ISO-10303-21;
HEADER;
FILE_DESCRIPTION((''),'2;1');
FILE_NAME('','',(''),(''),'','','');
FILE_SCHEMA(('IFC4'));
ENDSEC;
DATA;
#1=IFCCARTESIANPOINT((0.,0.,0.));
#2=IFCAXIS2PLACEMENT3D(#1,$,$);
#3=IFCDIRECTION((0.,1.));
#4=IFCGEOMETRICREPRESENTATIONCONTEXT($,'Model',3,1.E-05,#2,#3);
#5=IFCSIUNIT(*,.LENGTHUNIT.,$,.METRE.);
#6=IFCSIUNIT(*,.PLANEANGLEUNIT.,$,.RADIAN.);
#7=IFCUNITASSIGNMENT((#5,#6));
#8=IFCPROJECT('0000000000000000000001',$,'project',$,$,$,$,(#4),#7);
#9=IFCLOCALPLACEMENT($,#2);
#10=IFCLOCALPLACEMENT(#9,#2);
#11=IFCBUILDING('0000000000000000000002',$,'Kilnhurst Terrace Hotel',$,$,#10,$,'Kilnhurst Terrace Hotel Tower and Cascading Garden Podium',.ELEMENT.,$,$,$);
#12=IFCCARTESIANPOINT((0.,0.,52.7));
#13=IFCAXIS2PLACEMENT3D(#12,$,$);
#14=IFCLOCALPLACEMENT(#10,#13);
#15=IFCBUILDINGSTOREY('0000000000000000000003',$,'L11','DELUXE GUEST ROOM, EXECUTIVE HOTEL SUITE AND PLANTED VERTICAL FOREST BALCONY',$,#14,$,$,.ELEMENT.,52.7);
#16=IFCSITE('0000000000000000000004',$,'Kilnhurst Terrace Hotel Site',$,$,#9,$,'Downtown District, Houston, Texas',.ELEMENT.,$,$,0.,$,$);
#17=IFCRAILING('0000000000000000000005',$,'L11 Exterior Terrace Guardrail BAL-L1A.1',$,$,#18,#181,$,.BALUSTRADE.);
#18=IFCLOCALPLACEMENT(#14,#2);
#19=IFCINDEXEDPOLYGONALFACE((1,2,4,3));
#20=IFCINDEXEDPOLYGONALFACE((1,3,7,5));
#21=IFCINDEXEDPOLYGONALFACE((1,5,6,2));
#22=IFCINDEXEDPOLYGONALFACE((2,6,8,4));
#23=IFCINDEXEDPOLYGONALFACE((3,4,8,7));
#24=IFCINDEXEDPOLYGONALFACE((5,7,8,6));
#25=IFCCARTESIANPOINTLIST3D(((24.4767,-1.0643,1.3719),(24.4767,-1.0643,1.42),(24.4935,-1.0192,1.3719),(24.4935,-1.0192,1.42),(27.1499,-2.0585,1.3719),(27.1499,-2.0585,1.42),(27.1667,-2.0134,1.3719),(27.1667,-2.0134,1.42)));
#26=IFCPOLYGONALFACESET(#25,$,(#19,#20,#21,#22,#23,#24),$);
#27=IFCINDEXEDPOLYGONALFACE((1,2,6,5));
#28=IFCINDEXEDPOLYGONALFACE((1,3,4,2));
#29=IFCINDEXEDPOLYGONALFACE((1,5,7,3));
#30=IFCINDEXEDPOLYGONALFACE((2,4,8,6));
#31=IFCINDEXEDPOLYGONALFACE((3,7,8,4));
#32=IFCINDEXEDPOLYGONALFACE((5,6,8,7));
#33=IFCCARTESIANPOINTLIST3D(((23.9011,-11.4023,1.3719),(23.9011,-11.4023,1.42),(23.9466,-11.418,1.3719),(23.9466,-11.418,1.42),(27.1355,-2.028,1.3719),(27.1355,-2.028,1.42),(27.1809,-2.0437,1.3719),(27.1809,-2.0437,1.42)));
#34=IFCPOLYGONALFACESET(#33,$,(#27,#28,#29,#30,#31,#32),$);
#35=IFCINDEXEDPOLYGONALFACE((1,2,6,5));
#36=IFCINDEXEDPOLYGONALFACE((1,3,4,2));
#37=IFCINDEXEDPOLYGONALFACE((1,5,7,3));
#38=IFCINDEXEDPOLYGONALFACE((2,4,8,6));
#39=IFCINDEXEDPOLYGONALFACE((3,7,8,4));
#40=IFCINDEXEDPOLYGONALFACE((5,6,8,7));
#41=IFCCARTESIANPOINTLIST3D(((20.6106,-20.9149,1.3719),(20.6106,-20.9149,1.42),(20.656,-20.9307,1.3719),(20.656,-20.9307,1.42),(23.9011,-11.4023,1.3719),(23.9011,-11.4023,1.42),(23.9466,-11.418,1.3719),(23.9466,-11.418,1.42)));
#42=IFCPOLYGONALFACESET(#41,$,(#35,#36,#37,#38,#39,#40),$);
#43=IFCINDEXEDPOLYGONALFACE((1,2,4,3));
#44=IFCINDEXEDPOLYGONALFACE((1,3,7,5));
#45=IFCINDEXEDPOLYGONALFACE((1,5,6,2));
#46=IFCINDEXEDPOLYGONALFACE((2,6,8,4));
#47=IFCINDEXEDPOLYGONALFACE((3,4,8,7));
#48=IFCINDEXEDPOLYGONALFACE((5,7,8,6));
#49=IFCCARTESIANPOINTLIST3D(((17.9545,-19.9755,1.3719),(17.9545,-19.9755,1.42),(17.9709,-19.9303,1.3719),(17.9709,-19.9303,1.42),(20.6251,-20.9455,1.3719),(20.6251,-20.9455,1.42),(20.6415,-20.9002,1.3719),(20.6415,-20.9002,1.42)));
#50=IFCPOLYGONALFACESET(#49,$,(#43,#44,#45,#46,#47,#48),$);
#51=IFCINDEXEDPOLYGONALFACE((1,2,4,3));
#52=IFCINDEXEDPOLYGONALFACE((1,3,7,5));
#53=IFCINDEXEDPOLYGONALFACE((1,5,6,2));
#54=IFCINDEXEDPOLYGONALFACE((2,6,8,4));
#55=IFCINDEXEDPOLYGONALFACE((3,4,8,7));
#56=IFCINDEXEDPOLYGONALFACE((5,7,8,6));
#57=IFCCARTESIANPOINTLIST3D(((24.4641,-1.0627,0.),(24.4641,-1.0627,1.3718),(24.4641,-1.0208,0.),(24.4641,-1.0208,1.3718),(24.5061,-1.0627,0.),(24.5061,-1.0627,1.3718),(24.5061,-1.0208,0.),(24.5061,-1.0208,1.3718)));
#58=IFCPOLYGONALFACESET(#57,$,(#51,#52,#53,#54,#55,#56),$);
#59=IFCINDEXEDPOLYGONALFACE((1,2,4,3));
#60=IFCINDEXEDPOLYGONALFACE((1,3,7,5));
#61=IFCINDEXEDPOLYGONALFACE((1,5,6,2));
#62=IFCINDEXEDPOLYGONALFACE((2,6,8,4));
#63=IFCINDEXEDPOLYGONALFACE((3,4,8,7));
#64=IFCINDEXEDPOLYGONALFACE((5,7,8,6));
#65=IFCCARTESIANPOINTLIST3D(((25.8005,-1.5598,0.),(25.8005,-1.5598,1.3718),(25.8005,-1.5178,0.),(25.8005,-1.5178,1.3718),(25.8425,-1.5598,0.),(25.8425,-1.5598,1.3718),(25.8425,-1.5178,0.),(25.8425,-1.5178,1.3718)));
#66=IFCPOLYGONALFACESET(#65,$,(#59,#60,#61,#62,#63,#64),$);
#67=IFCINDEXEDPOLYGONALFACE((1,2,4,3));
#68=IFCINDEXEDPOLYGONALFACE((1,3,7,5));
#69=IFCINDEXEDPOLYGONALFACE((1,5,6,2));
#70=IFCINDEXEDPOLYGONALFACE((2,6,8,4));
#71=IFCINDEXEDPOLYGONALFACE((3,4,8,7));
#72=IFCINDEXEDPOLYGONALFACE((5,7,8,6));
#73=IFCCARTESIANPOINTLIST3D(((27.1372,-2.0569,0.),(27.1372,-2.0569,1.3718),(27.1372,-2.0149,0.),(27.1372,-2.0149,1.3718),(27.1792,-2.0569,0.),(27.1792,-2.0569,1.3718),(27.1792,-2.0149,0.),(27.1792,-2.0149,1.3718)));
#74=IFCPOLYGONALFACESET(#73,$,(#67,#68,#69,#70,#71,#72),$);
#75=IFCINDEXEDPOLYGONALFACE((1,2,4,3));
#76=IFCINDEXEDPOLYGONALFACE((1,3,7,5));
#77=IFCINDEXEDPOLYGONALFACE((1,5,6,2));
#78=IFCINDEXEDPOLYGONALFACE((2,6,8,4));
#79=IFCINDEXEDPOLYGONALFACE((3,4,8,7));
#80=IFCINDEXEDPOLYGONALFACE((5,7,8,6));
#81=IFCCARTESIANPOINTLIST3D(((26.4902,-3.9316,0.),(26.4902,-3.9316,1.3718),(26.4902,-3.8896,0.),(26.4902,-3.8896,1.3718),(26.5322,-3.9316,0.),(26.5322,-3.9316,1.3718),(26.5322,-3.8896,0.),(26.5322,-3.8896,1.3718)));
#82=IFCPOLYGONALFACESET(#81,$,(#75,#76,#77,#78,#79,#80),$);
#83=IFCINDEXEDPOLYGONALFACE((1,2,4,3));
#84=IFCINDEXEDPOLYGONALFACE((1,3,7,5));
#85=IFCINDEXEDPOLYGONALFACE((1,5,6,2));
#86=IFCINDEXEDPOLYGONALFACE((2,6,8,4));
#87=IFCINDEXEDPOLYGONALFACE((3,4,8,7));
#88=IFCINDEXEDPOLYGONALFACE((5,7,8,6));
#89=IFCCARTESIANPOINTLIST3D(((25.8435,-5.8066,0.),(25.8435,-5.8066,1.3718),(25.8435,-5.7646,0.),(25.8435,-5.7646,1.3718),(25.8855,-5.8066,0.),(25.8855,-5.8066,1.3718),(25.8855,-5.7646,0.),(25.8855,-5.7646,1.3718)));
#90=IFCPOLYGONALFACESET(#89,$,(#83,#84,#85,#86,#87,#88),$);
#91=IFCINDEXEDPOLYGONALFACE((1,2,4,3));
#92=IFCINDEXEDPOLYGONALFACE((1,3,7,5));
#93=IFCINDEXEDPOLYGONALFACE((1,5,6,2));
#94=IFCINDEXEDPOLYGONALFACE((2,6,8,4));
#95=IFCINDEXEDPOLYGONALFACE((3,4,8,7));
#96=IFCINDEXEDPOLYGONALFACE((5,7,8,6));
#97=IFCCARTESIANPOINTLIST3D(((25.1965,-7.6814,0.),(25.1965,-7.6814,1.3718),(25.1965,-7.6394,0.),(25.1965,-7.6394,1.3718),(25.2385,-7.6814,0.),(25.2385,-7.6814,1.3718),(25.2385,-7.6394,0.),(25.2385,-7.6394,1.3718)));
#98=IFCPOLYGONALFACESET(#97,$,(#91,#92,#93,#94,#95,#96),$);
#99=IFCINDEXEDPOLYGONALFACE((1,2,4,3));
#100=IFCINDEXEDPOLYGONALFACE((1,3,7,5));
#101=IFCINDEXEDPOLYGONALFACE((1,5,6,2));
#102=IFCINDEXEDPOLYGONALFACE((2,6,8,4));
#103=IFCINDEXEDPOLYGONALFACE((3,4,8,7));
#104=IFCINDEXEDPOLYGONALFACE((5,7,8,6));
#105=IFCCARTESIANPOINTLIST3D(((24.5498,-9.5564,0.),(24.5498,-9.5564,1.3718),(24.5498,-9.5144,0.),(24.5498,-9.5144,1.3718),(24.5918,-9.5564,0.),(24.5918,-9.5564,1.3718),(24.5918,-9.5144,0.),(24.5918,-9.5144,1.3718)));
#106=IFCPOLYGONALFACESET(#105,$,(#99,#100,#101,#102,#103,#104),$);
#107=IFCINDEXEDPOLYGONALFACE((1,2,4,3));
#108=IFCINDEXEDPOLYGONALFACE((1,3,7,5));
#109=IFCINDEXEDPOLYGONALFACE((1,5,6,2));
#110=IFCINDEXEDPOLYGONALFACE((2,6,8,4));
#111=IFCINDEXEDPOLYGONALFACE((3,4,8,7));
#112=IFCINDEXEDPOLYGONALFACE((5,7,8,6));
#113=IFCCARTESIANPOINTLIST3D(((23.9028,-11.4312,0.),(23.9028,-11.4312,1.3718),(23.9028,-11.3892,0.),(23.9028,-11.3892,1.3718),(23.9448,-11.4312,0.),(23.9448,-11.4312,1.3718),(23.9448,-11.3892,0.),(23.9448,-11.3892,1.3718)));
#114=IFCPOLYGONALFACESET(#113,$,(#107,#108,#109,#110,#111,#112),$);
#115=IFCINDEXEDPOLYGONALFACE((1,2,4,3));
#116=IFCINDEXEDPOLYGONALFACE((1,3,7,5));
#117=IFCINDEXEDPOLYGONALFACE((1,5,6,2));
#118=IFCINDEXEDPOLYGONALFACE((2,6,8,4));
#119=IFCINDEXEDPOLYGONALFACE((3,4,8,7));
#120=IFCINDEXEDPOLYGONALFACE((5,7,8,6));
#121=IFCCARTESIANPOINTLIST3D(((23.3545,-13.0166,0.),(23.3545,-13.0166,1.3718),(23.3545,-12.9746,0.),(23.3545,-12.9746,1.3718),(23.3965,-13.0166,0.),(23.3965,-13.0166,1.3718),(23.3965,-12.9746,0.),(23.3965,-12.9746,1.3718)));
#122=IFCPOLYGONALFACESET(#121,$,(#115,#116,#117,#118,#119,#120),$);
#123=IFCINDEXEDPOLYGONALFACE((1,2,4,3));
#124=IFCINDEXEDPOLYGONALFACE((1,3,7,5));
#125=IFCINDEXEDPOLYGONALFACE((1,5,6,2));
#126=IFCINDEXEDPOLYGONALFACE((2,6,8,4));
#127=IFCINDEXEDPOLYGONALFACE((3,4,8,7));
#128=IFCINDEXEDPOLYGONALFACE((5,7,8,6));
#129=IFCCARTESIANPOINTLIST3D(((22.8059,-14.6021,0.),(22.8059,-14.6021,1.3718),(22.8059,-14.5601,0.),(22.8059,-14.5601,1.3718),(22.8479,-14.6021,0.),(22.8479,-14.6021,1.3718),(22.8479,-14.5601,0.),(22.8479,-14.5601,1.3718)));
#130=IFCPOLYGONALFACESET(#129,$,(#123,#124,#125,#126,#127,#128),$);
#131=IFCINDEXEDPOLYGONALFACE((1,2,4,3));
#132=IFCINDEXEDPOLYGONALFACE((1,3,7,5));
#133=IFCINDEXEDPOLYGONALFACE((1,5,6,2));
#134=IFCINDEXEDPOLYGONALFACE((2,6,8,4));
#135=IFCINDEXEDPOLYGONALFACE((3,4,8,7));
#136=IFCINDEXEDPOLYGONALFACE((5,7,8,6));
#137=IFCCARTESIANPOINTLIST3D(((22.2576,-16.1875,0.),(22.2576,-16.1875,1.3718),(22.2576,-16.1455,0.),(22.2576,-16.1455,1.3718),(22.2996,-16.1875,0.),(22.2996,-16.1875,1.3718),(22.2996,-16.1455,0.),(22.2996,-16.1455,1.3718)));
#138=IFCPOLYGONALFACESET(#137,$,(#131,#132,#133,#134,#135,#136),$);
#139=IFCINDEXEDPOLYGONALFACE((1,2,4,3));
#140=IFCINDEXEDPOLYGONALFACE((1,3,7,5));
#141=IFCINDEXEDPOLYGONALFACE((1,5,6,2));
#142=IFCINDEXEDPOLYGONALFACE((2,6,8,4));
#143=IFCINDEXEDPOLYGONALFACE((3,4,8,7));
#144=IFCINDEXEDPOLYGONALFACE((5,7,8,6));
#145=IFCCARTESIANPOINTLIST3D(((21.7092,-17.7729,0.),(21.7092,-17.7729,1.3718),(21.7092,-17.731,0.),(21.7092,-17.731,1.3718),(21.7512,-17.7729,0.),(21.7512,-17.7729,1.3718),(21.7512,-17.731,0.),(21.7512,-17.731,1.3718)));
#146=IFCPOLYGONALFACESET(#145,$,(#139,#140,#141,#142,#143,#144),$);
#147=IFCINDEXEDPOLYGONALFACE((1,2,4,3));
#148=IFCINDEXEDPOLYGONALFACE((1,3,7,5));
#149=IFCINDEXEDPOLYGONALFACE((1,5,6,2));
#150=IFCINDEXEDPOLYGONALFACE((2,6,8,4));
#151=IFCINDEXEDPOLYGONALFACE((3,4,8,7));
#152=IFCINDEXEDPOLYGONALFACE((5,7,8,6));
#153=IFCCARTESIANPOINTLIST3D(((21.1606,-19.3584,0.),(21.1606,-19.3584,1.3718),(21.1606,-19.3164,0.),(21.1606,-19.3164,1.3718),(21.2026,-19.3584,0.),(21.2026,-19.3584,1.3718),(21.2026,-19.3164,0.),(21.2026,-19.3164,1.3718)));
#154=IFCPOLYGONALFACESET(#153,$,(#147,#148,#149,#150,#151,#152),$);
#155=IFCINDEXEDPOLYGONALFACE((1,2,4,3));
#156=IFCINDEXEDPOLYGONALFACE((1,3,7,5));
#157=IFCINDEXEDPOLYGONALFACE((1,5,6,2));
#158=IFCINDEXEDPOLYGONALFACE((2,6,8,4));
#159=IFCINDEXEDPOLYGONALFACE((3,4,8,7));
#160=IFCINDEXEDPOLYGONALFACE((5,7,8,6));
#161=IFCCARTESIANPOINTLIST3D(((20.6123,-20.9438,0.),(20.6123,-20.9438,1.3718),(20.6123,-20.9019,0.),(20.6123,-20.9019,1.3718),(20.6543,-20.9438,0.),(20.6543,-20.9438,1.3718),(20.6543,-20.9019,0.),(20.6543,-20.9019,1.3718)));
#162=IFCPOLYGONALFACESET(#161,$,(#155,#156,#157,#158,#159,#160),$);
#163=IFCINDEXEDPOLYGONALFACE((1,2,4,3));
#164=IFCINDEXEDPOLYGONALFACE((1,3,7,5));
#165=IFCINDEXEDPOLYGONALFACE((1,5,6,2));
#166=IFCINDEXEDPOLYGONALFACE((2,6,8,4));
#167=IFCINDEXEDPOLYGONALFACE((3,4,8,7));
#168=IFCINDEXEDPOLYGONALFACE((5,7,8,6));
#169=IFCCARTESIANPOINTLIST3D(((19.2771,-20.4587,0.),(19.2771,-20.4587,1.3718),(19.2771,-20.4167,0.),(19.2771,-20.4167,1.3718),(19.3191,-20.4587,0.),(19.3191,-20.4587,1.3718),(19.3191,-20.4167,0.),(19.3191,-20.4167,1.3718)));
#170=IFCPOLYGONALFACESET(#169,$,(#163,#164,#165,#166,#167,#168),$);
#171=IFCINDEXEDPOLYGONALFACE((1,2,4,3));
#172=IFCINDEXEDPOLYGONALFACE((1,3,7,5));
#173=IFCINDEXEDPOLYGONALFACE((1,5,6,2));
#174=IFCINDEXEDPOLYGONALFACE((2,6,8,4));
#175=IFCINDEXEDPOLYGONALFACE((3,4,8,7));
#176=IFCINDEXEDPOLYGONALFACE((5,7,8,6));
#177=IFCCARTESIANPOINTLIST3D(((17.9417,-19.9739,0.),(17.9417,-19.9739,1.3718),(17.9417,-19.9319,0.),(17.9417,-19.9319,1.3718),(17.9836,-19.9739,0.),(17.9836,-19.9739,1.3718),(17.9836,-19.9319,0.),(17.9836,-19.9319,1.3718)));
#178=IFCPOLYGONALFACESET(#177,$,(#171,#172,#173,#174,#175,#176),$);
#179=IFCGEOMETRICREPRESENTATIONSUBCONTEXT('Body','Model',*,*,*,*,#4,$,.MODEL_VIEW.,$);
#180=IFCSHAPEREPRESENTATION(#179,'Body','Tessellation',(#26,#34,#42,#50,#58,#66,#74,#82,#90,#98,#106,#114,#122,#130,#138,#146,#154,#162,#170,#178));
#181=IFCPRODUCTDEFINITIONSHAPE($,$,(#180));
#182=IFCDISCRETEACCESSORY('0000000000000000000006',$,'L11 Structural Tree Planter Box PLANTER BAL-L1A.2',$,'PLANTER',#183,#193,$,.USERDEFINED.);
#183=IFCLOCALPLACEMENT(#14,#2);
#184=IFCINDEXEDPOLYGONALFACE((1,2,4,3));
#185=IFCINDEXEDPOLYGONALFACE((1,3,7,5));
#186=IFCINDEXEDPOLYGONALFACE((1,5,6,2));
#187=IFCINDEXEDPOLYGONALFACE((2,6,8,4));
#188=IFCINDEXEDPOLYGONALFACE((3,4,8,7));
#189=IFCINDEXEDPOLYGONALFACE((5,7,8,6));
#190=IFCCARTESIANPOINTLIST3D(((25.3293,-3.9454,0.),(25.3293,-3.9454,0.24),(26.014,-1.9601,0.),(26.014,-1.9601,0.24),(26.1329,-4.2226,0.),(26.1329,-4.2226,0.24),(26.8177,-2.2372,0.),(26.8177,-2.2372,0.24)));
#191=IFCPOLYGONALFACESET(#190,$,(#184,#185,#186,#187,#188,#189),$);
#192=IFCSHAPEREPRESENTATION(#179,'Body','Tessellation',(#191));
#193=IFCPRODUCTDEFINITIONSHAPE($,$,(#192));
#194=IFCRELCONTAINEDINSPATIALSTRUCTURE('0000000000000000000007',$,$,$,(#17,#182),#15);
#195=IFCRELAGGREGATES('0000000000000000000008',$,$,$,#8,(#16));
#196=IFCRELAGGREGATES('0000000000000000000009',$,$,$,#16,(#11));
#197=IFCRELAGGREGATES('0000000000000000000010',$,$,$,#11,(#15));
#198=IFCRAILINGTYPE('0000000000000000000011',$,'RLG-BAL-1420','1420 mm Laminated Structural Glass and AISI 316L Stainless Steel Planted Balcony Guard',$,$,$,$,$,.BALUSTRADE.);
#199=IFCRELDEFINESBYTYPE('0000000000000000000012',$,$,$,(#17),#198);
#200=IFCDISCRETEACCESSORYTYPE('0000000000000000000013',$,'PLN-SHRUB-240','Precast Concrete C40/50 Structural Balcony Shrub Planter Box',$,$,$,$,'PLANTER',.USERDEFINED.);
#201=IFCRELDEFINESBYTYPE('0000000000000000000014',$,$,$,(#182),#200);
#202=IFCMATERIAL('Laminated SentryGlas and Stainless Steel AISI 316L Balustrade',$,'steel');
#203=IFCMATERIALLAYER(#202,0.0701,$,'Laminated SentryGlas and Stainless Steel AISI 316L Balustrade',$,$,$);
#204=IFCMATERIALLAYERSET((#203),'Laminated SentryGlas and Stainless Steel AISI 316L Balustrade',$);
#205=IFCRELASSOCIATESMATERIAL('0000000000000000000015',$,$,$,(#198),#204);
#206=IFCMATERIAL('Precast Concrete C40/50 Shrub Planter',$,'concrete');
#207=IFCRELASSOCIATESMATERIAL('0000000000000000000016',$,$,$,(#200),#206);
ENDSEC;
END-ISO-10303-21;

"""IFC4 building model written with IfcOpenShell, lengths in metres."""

from ifc_helpers import new_model, si_unit, direction, frame, origin, origin_2d, place, context, subcontext, project, spatial, rectangle, extrude, material, layer, layer_set, type_object, element, save


model = new_model("IFC4")

# Units and contexts
model_context = context("Model", 3, precision=1e-05, world=origin(), true_north=direction((0.0, 1.0)))
body_context = subcontext(model_context, "Body", "Model", "MODEL_VIEW")
ifc_project = project(units=[si_unit("LENGTHUNIT", "METRE"), si_unit("PLANEANGLEUNIT", "RADIAN")], contexts=[model_context])

# Site, building, storey
site_placement = place(None, origin())
site = spatial("IfcSite", under=ifc_project, at=site_placement, Name="Kilnhurst Terrace Hotel Site", LongName="Downtown District, Houston, Texas", CompositionType="ELEMENT", RefElevation=0.0)
building_placement = place(site_placement, origin())
building = spatial("IfcBuilding", under=site, at=building_placement, Name="Kilnhurst Terrace Hotel", LongName="Kilnhurst Terrace Hotel Tower and Cascading Garden Podium", CompositionType="ELEMENT")
storey_placement = place(building_placement, frame((0.0, 0.0, 52.7)))
storey = spatial("IfcBuildingStorey", under=building, at=storey_placement, Name="L11", Description="DELUXE GUEST ROOM, EXECUTIVE HOTEL SUITE AND PLANTED VERTICAL FOREST BALCONY", CompositionType="ELEMENT", Elevation=52.7)

# Railing
ifc_material_1 = material(Name="Laminated SentryGlas and Stainless Steel AISI 316L Balustrade", Category="steel")
ifc_layer_1 = layer(ifc_material_1, 0.0701, Name="Laminated SentryGlas and Stainless Steel AISI 316L Balustrade")
ifc_layer_set_1 = layer_set([ifc_layer_1], Name="Laminated SentryGlas and Stainless Steel AISI 316L Balustrade")
railing_type = type_object("IfcRailingType", Name="RLG-BAL-1420", Description="1420 mm Laminated Structural Glass and AISI 316L Stainless Steel Planted Balcony Guard", PredefinedType="BALUSTRADE", material=ifc_layer_set_1)
railing_placement = place(storey_placement, frame((24.4851, -1.0417, 0.0)))
element("IfcRailing", 1, at=railing_placement, inside=storey, type_object=railing_type, Name="L11 Exterior Terrace Guardrail BAL-L1A.1", PredefinedType="BALUSTRADE", context=body_context, shape_type="SweptSolid", body=[
    extrude(rectangle(XDim=0.0481, YDim=0.0481, at=origin_2d()), frame((0.0, 0.0, 1.396), z_axis=(0.937279, -0.34858, 0.0), x_axis=(0.34858, 0.937279, 0.0)), (0.0, 0.0, 1.0), 2.8521),
    extrude(rectangle(XDim=0.0481, YDim=0.0481, at=origin_2d()), frame((2.6731, -0.9941, 1.396), z_axis=(-0.326159, -0.945315, 0.0), x_axis=(0.945315, -0.326159, 0.0)), (0.0, 0.0, 1.0), 9.9165),
    extrude(rectangle(XDim=0.0481, YDim=0.0481, at=origin_2d()), frame((-0.5613, -10.3684, 1.396), z_axis=(-0.326904, -0.945058, 0.0), x_axis=(0.945058, -0.326904, 0.0)), (0.0, 0.0, 1.0), 10.0657),
    extrude(rectangle(XDim=0.0481, YDim=0.0481, at=origin_2d()), frame((-3.8518, -19.8811, 1.396), z_axis=(-0.939926, 0.341377, 0.0), x_axis=(-0.341377, -0.939926, 0.0)), (0.0, 0.0, 1.0), 2.8413),
    extrude(rectangle(XDim=0.042, YDim=0.042, at=origin_2d()), origin(), (0.0, 0.0, 1.0), 1.3718),
    extrude(rectangle(XDim=0.042, YDim=0.042, at=origin_2d()), frame((1.3364, -0.4971, 0.0)), (0.0, 0.0, 1.0), 1.3718),
    extrude(rectangle(XDim=0.042, YDim=0.042, at=origin_2d()), frame((2.6731, -0.9941, 0.0)), (0.0, 0.0, 1.0), 1.3718),
    extrude(rectangle(XDim=0.042, YDim=0.042, at=origin_2d()), frame((2.0261, -2.8689, 0.0)), (0.0, 0.0, 1.0), 1.3718),
    extrude(rectangle(XDim=0.042, YDim=0.042, at=origin_2d()), frame((1.3794, -4.7439, 0.0)), (0.0, 0.0, 1.0), 1.3718),
    extrude(rectangle(XDim=0.042, YDim=0.042, at=origin_2d()), frame((0.7324, -6.6187, 0.0)), (0.0, 0.0, 1.0), 1.3718),
    extrude(rectangle(XDim=0.042, YDim=0.042, at=origin_2d()), frame((0.0857, -8.4937, 0.0)), (0.0, 0.0, 1.0), 1.3718),
    extrude(rectangle(XDim=0.042, YDim=0.042, at=origin_2d()), frame((-0.5613, -10.3684, 0.0)), (0.0, 0.0, 1.0), 1.3718),
    extrude(rectangle(XDim=0.042, YDim=0.042, at=origin_2d()), frame((-1.1096, -11.9539, 0.0)), (0.0, 0.0, 1.0), 1.3718),
    extrude(rectangle(XDim=0.042, YDim=0.042, at=origin_2d()), frame((-1.6582, -13.5393, 0.0)), (0.0, 0.0, 1.0), 1.3718),
    extrude(rectangle(XDim=0.042, YDim=0.042, at=origin_2d()), frame((-2.2065, -15.1248, 0.0)), (0.0, 0.0, 1.0), 1.3718),
    extrude(rectangle(XDim=0.042, YDim=0.042, at=origin_2d()), frame((-2.7549, -16.7102, 0.0)), (0.0, 0.0, 1.0), 1.3718),
    extrude(rectangle(XDim=0.042, YDim=0.042, at=origin_2d()), frame((-3.3035, -18.2957, 0.0)), (0.0, 0.0, 1.0), 1.3718),
    extrude(rectangle(XDim=0.042, YDim=0.042, at=origin_2d()), frame((-3.8518, -19.8811, 0.0)), (0.0, 0.0, 1.0), 1.3718),
    extrude(rectangle(XDim=0.042, YDim=0.042, at=origin_2d()), frame((-5.187, -19.396, 0.0)), (0.0, 0.0, 1.0), 1.3718),
    extrude(rectangle(XDim=0.042, YDim=0.042, at=origin_2d()), frame((-6.5225, -18.9111, 0.0)), (0.0, 0.0, 1.0), 1.3718),
])

# Discrete accessory
ifc_material_2 = material(Name="Precast Concrete C40/50 Shrub Planter", Category="concrete")
discrete_accessory_type = type_object("IfcDiscreteAccessoryType", Name="PLN-SHRUB-240", Description="Precast Concrete C40/50 Structural Balcony Shrub Planter Box", ElementType="PLANTER", PredefinedType="USERDEFINED", material=ifc_material_2)
discrete_accessory_placement = place(storey_placement, frame((26.0735, -3.0913, 0.0), z_axis=(0.0, 0.0, 1.0), x_axis=(0.326063, 0.945348, 0.0)))
element("IfcDiscreteAccessory", 2, at=discrete_accessory_placement, inside=storey, type_object=discrete_accessory_type, Name="L11 Structural Tree Planter Box PLANTER BAL-L1A.2", ObjectType="PLANTER", PredefinedType="USERDEFINED", context=body_context, shape_type="SweptSolid", body=[
    extrude(rectangle(XDim=2.1001, YDim=0.8501, at=origin_2d()), origin(), (0.0, 0.0, 1.0), 0.24),
])

save(model, "model.ifc")
